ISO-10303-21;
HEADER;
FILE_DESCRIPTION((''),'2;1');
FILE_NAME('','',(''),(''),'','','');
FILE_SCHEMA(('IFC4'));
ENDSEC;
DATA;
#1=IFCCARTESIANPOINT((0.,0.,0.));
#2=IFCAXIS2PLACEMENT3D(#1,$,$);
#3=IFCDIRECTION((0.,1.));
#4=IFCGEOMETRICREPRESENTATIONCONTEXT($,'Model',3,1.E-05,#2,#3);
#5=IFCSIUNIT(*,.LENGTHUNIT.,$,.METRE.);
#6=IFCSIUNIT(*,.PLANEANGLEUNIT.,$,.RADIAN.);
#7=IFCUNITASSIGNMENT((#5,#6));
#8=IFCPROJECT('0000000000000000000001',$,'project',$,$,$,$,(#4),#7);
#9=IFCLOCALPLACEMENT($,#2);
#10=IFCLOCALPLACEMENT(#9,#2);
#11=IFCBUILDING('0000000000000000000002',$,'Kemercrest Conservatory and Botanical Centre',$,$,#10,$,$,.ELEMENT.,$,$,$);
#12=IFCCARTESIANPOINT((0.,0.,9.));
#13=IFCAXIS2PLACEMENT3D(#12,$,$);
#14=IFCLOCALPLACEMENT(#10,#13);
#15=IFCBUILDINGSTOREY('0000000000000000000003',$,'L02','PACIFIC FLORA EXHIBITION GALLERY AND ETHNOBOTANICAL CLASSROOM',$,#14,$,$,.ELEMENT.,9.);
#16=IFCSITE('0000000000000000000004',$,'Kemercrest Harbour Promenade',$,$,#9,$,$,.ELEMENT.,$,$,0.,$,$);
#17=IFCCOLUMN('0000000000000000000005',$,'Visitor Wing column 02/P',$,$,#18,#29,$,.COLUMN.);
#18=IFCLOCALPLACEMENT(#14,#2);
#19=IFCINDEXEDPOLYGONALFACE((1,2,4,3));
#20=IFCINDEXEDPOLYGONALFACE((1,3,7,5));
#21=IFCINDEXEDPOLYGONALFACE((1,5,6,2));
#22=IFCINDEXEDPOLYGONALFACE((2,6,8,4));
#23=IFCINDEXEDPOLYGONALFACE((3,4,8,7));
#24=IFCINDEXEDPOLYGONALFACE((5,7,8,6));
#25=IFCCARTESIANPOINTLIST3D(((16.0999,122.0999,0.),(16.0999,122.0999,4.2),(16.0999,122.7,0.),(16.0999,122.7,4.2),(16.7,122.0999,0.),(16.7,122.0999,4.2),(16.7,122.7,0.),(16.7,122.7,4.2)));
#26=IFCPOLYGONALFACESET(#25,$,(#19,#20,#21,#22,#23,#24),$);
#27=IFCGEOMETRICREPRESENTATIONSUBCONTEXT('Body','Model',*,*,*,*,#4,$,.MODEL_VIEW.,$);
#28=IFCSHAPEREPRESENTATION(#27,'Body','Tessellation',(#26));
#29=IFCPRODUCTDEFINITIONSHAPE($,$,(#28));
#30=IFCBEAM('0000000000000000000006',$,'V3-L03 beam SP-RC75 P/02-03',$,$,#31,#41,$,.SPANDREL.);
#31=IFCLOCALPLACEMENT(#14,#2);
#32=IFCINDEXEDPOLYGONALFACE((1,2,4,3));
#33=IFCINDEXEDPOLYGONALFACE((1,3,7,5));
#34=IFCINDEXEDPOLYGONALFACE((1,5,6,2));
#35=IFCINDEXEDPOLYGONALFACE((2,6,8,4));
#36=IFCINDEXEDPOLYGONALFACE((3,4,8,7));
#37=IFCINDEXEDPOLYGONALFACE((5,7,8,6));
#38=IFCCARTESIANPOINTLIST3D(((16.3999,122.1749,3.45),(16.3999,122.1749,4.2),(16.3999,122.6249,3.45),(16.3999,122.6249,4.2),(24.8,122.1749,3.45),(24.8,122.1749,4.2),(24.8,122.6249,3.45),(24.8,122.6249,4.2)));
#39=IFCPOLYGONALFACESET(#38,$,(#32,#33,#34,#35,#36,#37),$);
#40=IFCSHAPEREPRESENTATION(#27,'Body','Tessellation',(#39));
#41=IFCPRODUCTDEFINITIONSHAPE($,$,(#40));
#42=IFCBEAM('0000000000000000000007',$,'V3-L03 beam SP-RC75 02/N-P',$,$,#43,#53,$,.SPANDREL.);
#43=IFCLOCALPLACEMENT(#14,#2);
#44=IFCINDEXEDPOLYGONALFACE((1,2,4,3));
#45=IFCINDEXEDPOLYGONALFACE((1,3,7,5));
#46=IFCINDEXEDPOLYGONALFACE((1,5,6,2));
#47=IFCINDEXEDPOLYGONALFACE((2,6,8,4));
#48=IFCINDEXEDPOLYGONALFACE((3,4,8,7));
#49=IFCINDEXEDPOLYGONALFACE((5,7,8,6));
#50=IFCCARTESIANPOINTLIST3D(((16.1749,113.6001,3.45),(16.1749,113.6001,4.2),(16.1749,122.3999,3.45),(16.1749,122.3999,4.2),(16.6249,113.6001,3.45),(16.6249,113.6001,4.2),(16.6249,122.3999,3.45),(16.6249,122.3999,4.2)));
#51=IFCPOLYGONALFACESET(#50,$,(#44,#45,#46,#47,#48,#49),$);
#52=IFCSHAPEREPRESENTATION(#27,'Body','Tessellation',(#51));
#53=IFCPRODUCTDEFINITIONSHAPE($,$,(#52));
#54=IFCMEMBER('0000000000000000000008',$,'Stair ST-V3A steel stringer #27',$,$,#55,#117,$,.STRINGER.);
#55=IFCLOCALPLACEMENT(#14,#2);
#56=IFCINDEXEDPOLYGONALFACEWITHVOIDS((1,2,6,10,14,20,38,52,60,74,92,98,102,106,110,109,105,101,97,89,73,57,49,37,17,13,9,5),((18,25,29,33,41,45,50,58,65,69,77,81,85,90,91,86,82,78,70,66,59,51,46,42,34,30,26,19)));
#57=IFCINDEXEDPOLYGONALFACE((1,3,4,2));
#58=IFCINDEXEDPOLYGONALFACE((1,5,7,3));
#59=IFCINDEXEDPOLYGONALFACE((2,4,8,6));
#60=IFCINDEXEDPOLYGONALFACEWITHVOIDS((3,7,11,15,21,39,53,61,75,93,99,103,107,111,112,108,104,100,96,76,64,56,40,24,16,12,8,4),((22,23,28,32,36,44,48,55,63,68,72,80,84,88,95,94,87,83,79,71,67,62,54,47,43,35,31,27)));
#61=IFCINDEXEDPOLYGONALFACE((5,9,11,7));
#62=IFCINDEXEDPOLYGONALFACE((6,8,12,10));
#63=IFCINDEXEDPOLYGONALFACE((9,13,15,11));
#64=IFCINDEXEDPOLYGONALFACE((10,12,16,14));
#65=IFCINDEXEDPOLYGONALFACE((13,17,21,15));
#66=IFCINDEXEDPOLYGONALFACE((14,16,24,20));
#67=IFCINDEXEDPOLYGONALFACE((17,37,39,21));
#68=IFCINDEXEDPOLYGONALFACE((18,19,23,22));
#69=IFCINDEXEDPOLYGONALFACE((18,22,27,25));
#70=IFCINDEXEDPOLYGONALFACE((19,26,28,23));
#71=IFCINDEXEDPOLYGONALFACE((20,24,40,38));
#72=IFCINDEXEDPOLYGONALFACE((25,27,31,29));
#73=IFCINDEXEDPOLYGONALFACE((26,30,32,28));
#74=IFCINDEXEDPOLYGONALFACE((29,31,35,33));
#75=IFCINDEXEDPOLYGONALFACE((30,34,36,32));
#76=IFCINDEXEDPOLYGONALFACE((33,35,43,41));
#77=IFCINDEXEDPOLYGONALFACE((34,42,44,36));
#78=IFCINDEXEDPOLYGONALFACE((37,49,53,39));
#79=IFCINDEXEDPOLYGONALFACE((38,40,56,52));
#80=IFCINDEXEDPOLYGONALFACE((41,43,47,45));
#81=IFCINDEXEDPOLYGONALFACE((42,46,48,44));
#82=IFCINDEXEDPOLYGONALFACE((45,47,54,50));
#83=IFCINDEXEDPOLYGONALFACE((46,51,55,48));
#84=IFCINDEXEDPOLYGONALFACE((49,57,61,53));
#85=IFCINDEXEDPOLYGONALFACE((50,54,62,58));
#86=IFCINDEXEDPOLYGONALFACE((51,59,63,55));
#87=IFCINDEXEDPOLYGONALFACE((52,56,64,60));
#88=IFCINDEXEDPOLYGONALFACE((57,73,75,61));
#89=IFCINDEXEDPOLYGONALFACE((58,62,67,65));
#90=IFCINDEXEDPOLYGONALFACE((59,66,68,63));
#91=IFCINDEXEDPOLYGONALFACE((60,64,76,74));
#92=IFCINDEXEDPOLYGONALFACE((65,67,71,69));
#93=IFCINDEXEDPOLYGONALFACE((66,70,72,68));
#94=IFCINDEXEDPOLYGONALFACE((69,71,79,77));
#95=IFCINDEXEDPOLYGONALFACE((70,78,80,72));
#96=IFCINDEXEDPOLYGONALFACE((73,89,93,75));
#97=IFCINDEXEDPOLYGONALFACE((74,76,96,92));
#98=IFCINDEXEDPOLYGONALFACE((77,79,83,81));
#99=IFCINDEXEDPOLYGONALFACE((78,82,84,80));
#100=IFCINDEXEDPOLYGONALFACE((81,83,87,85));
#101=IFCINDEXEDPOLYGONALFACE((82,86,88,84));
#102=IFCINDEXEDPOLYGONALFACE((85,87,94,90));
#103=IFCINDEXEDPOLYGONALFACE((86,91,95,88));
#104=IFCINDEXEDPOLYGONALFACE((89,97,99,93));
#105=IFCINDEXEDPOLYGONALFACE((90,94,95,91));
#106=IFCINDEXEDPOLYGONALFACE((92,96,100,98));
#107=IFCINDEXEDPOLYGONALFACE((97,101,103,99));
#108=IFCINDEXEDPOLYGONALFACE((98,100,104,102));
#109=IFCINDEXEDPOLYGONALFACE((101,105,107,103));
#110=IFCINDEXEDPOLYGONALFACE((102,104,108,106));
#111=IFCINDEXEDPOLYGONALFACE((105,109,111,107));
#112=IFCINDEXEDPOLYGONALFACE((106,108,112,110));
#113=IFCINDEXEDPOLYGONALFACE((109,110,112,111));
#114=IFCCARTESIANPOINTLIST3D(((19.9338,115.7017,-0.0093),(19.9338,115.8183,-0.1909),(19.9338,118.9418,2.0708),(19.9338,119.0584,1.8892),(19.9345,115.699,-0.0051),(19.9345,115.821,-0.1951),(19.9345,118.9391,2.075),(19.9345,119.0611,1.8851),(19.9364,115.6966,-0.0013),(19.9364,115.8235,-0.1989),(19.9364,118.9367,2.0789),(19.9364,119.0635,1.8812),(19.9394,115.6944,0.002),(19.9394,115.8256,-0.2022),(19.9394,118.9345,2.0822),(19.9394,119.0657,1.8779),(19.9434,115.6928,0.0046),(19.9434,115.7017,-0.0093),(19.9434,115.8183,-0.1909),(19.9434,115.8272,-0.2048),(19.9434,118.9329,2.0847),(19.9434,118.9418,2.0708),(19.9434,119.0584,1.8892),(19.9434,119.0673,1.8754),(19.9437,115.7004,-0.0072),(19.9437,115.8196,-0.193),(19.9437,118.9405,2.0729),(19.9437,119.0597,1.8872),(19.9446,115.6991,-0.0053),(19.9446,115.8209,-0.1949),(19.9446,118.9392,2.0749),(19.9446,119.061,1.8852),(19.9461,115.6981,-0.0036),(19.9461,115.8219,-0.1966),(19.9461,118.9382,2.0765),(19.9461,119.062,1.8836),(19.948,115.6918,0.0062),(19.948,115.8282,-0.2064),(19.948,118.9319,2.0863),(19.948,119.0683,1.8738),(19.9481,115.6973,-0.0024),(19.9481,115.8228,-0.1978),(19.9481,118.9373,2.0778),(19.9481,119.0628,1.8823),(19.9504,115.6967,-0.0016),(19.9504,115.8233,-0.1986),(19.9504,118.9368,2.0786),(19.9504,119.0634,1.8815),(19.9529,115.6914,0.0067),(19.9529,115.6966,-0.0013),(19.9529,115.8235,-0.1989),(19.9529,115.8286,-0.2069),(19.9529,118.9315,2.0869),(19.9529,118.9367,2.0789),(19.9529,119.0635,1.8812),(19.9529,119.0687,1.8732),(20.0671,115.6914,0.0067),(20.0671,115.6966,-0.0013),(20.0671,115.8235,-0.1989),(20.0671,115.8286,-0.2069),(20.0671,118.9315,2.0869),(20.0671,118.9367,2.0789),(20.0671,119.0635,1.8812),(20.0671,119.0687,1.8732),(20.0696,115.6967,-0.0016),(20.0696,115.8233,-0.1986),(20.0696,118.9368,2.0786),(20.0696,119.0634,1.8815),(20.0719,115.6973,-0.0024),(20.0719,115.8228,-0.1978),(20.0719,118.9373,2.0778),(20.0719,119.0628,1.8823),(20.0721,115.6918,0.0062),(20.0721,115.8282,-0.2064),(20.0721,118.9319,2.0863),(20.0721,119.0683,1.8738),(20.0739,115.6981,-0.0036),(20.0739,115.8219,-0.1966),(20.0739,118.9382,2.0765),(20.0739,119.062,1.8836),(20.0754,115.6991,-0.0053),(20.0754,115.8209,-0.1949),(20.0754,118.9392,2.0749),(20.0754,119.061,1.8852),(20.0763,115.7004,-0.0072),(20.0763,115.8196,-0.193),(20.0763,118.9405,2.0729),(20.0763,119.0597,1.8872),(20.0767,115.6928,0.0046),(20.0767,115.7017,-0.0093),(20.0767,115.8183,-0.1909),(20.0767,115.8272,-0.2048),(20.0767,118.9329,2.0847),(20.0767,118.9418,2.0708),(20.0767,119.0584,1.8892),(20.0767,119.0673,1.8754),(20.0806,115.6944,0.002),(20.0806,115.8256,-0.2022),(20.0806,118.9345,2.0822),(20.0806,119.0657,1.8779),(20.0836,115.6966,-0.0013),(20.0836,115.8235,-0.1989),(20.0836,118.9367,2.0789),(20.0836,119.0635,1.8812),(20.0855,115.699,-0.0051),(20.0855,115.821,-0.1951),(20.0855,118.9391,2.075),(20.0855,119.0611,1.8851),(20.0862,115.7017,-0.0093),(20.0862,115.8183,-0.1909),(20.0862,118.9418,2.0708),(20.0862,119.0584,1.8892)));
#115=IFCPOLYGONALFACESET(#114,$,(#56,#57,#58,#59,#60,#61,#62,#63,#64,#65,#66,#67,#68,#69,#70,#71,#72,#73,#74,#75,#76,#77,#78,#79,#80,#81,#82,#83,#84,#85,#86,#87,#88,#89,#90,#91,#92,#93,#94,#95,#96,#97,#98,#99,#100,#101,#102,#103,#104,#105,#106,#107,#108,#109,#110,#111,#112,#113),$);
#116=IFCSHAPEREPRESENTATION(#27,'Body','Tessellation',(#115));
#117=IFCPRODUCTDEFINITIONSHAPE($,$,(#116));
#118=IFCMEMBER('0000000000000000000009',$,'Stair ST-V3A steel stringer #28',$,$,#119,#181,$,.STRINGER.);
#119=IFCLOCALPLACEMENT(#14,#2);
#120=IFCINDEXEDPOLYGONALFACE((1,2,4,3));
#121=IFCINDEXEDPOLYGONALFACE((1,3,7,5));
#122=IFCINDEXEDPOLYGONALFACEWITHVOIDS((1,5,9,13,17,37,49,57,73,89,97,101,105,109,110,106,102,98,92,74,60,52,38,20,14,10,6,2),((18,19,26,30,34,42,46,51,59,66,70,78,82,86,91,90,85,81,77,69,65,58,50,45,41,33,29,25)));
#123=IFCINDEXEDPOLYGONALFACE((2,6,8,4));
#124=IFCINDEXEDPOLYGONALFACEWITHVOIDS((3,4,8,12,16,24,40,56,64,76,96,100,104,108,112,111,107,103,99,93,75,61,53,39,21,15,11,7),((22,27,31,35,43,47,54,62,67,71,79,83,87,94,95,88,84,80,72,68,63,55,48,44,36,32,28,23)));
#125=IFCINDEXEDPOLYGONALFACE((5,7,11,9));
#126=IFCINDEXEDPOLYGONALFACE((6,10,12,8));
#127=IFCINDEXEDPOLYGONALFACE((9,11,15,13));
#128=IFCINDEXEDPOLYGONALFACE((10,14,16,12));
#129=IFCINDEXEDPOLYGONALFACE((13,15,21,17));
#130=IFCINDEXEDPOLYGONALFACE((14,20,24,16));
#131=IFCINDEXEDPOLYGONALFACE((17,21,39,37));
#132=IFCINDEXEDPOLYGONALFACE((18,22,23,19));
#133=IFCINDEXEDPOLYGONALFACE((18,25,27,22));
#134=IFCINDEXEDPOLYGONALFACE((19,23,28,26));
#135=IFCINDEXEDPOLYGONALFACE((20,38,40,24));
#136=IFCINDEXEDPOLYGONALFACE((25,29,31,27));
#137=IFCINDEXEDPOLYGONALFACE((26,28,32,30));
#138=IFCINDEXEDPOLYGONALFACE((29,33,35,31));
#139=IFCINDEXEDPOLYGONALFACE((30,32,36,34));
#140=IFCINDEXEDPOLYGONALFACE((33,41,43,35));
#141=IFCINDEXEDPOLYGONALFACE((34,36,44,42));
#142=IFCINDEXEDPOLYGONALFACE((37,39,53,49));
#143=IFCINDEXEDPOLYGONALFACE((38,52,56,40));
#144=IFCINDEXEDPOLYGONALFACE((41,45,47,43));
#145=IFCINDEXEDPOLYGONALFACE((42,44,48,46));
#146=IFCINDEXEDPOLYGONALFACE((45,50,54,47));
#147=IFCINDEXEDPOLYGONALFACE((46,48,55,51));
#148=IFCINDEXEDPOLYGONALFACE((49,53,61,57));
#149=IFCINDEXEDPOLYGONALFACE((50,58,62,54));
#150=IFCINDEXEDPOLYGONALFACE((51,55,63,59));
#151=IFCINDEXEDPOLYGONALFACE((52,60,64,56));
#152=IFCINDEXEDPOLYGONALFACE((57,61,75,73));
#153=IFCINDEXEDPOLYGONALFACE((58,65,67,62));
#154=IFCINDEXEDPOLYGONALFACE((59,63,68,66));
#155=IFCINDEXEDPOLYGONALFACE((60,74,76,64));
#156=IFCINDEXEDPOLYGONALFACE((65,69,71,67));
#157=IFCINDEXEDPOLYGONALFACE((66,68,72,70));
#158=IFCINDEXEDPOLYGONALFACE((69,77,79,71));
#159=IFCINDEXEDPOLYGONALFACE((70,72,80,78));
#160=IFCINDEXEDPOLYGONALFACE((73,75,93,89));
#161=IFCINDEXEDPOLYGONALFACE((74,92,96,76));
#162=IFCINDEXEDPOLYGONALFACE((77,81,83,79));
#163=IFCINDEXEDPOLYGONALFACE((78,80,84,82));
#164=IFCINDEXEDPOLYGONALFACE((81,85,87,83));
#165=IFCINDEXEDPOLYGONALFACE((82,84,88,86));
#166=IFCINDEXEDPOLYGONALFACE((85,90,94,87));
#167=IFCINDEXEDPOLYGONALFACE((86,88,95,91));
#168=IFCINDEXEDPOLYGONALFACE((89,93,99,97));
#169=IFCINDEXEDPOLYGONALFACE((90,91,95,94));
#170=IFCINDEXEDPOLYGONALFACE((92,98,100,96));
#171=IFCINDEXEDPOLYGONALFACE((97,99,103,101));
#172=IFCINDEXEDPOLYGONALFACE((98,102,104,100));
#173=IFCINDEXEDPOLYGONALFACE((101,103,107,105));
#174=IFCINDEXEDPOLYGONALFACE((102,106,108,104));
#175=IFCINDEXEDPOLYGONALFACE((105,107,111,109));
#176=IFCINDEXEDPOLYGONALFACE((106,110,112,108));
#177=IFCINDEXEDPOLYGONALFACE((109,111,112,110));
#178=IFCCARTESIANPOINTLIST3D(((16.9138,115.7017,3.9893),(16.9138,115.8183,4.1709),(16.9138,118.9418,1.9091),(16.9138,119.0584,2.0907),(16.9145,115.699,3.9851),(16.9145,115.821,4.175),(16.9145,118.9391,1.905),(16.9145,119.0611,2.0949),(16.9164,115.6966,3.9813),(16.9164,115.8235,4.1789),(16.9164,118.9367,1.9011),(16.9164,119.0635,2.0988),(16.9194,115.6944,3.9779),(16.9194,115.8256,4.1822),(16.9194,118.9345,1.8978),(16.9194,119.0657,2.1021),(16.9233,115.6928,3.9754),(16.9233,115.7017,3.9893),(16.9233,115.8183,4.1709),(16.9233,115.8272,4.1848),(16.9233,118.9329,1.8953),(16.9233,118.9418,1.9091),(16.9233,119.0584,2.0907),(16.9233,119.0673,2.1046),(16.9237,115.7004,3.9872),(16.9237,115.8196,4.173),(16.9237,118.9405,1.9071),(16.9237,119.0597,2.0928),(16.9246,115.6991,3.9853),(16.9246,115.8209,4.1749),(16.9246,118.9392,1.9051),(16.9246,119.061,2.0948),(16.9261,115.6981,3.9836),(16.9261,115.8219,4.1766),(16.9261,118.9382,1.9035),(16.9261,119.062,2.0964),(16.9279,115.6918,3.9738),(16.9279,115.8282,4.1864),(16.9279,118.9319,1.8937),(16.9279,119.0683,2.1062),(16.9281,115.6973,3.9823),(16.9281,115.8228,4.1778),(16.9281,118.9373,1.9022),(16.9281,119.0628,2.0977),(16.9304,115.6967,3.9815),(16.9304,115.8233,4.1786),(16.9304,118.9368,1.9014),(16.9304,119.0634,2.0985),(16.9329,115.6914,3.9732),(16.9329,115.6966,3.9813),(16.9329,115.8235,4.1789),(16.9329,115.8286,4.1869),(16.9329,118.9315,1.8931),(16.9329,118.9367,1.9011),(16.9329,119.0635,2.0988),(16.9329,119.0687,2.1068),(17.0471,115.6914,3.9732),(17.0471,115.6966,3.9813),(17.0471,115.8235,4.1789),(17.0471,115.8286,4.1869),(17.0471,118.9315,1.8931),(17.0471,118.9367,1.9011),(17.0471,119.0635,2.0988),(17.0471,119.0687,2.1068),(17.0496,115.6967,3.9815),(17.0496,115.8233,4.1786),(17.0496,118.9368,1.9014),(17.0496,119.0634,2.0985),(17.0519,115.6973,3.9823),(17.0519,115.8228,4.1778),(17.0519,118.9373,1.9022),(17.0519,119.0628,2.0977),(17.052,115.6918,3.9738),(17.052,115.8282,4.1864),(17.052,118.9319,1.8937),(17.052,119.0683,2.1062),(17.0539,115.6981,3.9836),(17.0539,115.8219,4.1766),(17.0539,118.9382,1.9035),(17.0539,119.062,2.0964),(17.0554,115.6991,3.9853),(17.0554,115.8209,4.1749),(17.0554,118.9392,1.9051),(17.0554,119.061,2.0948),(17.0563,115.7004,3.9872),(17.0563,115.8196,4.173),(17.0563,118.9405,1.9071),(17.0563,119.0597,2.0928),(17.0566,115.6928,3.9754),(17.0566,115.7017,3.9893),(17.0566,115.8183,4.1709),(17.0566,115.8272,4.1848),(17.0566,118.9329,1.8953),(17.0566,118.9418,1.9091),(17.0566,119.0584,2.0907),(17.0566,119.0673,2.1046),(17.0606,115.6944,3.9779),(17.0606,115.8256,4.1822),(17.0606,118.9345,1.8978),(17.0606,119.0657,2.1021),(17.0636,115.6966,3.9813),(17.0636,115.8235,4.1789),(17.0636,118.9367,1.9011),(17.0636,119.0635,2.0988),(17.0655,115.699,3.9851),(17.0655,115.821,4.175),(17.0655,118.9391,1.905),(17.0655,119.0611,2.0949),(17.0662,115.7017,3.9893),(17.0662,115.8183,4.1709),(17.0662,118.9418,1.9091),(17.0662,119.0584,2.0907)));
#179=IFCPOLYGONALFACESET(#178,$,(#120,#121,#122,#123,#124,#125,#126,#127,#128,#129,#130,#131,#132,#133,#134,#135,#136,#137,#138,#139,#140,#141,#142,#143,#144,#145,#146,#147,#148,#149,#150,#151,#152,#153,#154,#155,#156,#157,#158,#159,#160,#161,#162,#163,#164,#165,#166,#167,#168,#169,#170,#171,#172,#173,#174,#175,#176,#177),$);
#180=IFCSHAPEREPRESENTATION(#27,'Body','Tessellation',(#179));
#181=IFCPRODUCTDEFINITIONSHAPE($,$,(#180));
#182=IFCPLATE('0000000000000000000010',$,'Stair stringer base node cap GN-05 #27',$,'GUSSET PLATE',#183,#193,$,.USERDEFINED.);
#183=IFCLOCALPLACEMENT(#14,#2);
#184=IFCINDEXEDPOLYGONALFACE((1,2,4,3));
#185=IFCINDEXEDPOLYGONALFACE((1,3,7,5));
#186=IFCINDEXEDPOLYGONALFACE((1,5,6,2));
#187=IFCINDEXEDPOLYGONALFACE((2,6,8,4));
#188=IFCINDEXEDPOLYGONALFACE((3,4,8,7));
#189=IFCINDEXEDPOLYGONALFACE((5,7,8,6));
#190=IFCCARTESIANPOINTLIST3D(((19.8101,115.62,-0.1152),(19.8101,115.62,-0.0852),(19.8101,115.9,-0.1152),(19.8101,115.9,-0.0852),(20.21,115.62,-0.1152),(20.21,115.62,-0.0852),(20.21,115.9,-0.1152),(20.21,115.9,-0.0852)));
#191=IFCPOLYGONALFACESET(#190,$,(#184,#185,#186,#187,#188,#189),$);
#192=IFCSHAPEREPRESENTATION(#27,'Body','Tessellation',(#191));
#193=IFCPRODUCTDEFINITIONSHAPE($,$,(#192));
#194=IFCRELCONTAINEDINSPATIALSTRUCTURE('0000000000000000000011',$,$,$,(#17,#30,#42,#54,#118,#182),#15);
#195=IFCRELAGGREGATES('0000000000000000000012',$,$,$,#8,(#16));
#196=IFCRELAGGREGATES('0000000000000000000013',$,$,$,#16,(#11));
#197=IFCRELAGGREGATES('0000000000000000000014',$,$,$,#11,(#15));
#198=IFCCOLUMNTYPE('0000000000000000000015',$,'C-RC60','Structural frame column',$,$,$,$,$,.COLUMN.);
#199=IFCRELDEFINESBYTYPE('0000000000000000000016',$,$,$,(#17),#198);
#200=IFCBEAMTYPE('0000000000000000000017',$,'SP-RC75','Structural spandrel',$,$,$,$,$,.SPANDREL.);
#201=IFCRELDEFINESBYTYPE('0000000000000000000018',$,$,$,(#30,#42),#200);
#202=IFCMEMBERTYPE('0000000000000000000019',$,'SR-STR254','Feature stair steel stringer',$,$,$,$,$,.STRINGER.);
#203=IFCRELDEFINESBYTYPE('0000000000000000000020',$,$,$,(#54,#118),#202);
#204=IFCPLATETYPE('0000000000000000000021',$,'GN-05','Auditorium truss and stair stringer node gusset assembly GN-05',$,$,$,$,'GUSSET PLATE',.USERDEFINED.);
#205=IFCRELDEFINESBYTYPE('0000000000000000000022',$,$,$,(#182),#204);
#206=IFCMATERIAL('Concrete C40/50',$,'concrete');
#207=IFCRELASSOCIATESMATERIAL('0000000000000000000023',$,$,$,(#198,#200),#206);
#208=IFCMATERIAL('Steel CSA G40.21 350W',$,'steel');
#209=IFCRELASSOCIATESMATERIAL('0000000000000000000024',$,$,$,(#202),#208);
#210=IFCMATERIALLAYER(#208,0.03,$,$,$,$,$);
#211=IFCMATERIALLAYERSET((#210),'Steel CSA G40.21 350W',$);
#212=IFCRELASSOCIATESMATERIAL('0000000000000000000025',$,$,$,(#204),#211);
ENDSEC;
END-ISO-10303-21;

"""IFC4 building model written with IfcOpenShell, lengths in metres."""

from ifc_helpers import new_model, si_unit, direction, frame, origin, origin_2d, place, context, subcontext, project, spatial, rectangle, hollow_rectangle, extrude, material, layer, layer_set, material_profile, profile_set, type_object, element, save


model = new_model("IFC4")

# Units and contexts
model_context = context("Model", 3, precision=1e-05, world=origin(), true_north=direction((0.0, 1.0)))
body_context = subcontext(model_context, "Body", "Model", "MODEL_VIEW")
ifc_project = project(units=[si_unit("LENGTHUNIT", "METRE"), si_unit("PLANEANGLEUNIT", "RADIAN")], contexts=[model_context])

# Site, building, storey
site_placement = place(None, origin())
site = spatial("IfcSite", under=ifc_project, at=site_placement, Name="Kemercrest Harbour Promenade", CompositionType="ELEMENT", RefElevation=0.0)
building_placement = place(site_placement, origin())
building = spatial("IfcBuilding", under=site, at=building_placement, Name="Kemercrest Conservatory and Botanical Centre", CompositionType="ELEMENT")
storey_placement = place(building_placement, frame((0.0, 0.0, 9.0)))
storey = spatial("IfcBuildingStorey", under=building, at=storey_placement, Name="L02", Description="PACIFIC FLORA EXHIBITION GALLERY AND ETHNOBOTANICAL CLASSROOM", CompositionType="ELEMENT", Elevation=9.0)

# Column
ifc_material_1 = material(Name="Concrete C40/50", Category="concrete")
ifc_material_profile_1 = material_profile(ifc_material_1, rectangle(XDim=0.6001, YDim=0.6001, at=origin_2d()), Name="RC 600x600")
ifc_profile_set_1 = profile_set([ifc_material_profile_1], Name="Concrete C40/50")
column_type = type_object("IfcColumnType", Name="C-RC60", Description="Structural frame column", PredefinedType="COLUMN", material=ifc_profile_set_1)
column_placement = place(storey_placement, frame((16.3999, 122.3999, 0.0), z_axis=(0.0, 0.0, 1.0), x_axis=(1.0, 0.0, 0.0)))
element("IfcColumn", 1, at=column_placement, inside=storey, type_object=column_type, Name="Visitor Wing column 02/P", PredefinedType="COLUMN", context=body_context, shape_type="SweptSolid", body=[
    extrude(rectangle(XDim=0.6001, YDim=0.6001, at=origin_2d()), origin(), (0.0, 0.0, 1.0), 4.2),
])

# Beams
ifc_material_profile_2 = material_profile(ifc_material_1, rectangle(XDim=0.45, YDim=0.75, at=origin_2d()), Name="RC 450x750")
ifc_profile_set_2 = profile_set([ifc_material_profile_2], Name="Concrete C40/50")
beam_type = type_object("IfcBeamType", Name="SP-RC75", Description="Structural spandrel", PredefinedType="SPANDREL", material=ifc_profile_set_2)
beam_1_placement = place(storey_placement, frame((16.3999, 122.3999, 3.825), z_axis=(1.0, 0.0, 0.0), x_axis=(0.0, 1.0, 0.0)))
element("IfcBeam", 2, at=beam_1_placement, inside=storey, type_object=beam_type, Name="V3-L03 beam SP-RC75 P/02-03", PredefinedType="SPANDREL", context=body_context, shape_type="SweptSolid", body=[
    extrude(rectangle(XDim=0.45, YDim=0.75, at=origin_2d()), origin(), (0.0, 0.0, 1.0), 8.4001),
])
beam_2_placement = place(storey_placement, frame((16.3999, 113.6001, 3.825), z_axis=(0.0, 1.0, 0.0), x_axis=(-1.0, 0.0, 0.0)))
element("IfcBeam", 3, at=beam_2_placement, inside=storey, type_object=beam_type, Name="V3-L03 beam SP-RC75 02/N-P", PredefinedType="SPANDREL", context=body_context, shape_type="SweptSolid", body=[
    extrude(rectangle(XDim=0.45, YDim=0.75, at=origin_2d()), origin(), (0.0, 0.0, 1.0), 8.7998),
])

# Members
ifc_material_2 = material(Name="Steel CSA G40.21 350W", Category="steel")
ifc_material_profile_3 = material_profile(ifc_material_2, hollow_rectangle(XDim=0.1523, YDim=0.2539, WallThickness=0.0095, InnerFilletRadius=0.0095, OuterFilletRadius=0.019, at=origin_2d()), Name="HSS 254x152x9.5")
ifc_profile_set_3 = profile_set([ifc_material_profile_3], Name="Steel CSA G40.21 350W")
member_type = type_object("IfcMemberType", Name="SR-STR254", Description="Feature stair steel stringer", PredefinedType="STRINGER", material=ifc_profile_set_3)
for number, where, z_axis, x_axis, name in (
    (4, (20.01, 115.76, -0.1001), (0.0, 0.841506, 0.540248), (-1.0, 0.0, 0.0), "Stair ST-V3A steel stringer #27"),
    (5, (16.99, 115.76, 4.0801), (0.0, 0.841506, -0.540248), (-1.0, 0.0, 0.0), "Stair ST-V3A steel stringer #28"),
):
    element("IfcMember", number, at=place(storey_placement, frame(where, z_axis=z_axis, x_axis=x_axis)), inside=storey, type_object=member_type, Name=name, PredefinedType="STRINGER", context=body_context, shape_type="SweptSolid", body=[
        extrude(hollow_rectangle(XDim=0.1523, YDim=0.2539, WallThickness=0.0095, InnerFilletRadius=0.0095, OuterFilletRadius=0.019, at=origin_2d()), origin(), (0.0, 0.0, 1.0), 3.8503),
    ])

# Plate
ifc_layer_1 = layer(ifc_material_2, 0.03)
ifc_layer_set_1 = layer_set([ifc_layer_1], Name="Steel CSA G40.21 350W")
plate_type = type_object("IfcPlateType", Name="GN-05", Description="Auditorium truss and stair stringer node gusset assembly GN-05", ElementType="GUSSET PLATE", PredefinedType="USERDEFINED", material=ifc_layer_set_1)
for number, where, z_axis, x_axis, name in (
    (6, (20.01, 115.76, -0.1152), (0.0, 0.0, 1.0), (1.0, 0.0, 0.0), "Stair stringer base node cap GN-05 #27"),
):
    element("IfcPlate", number, at=place(storey_placement, frame(where, z_axis=z_axis, x_axis=x_axis)), inside=storey, type_object=plate_type, Name=name, ObjectType="GUSSET PLATE", PredefinedType="USERDEFINED", context=body_context, shape_type="SweptSolid", body=[
        extrude(rectangle(XDim=0.3999, YDim=0.28, at=origin_2d()), origin(), (0.0, 0.0, 1.0), 0.03),
    ])

save(model, "model.ifc")
